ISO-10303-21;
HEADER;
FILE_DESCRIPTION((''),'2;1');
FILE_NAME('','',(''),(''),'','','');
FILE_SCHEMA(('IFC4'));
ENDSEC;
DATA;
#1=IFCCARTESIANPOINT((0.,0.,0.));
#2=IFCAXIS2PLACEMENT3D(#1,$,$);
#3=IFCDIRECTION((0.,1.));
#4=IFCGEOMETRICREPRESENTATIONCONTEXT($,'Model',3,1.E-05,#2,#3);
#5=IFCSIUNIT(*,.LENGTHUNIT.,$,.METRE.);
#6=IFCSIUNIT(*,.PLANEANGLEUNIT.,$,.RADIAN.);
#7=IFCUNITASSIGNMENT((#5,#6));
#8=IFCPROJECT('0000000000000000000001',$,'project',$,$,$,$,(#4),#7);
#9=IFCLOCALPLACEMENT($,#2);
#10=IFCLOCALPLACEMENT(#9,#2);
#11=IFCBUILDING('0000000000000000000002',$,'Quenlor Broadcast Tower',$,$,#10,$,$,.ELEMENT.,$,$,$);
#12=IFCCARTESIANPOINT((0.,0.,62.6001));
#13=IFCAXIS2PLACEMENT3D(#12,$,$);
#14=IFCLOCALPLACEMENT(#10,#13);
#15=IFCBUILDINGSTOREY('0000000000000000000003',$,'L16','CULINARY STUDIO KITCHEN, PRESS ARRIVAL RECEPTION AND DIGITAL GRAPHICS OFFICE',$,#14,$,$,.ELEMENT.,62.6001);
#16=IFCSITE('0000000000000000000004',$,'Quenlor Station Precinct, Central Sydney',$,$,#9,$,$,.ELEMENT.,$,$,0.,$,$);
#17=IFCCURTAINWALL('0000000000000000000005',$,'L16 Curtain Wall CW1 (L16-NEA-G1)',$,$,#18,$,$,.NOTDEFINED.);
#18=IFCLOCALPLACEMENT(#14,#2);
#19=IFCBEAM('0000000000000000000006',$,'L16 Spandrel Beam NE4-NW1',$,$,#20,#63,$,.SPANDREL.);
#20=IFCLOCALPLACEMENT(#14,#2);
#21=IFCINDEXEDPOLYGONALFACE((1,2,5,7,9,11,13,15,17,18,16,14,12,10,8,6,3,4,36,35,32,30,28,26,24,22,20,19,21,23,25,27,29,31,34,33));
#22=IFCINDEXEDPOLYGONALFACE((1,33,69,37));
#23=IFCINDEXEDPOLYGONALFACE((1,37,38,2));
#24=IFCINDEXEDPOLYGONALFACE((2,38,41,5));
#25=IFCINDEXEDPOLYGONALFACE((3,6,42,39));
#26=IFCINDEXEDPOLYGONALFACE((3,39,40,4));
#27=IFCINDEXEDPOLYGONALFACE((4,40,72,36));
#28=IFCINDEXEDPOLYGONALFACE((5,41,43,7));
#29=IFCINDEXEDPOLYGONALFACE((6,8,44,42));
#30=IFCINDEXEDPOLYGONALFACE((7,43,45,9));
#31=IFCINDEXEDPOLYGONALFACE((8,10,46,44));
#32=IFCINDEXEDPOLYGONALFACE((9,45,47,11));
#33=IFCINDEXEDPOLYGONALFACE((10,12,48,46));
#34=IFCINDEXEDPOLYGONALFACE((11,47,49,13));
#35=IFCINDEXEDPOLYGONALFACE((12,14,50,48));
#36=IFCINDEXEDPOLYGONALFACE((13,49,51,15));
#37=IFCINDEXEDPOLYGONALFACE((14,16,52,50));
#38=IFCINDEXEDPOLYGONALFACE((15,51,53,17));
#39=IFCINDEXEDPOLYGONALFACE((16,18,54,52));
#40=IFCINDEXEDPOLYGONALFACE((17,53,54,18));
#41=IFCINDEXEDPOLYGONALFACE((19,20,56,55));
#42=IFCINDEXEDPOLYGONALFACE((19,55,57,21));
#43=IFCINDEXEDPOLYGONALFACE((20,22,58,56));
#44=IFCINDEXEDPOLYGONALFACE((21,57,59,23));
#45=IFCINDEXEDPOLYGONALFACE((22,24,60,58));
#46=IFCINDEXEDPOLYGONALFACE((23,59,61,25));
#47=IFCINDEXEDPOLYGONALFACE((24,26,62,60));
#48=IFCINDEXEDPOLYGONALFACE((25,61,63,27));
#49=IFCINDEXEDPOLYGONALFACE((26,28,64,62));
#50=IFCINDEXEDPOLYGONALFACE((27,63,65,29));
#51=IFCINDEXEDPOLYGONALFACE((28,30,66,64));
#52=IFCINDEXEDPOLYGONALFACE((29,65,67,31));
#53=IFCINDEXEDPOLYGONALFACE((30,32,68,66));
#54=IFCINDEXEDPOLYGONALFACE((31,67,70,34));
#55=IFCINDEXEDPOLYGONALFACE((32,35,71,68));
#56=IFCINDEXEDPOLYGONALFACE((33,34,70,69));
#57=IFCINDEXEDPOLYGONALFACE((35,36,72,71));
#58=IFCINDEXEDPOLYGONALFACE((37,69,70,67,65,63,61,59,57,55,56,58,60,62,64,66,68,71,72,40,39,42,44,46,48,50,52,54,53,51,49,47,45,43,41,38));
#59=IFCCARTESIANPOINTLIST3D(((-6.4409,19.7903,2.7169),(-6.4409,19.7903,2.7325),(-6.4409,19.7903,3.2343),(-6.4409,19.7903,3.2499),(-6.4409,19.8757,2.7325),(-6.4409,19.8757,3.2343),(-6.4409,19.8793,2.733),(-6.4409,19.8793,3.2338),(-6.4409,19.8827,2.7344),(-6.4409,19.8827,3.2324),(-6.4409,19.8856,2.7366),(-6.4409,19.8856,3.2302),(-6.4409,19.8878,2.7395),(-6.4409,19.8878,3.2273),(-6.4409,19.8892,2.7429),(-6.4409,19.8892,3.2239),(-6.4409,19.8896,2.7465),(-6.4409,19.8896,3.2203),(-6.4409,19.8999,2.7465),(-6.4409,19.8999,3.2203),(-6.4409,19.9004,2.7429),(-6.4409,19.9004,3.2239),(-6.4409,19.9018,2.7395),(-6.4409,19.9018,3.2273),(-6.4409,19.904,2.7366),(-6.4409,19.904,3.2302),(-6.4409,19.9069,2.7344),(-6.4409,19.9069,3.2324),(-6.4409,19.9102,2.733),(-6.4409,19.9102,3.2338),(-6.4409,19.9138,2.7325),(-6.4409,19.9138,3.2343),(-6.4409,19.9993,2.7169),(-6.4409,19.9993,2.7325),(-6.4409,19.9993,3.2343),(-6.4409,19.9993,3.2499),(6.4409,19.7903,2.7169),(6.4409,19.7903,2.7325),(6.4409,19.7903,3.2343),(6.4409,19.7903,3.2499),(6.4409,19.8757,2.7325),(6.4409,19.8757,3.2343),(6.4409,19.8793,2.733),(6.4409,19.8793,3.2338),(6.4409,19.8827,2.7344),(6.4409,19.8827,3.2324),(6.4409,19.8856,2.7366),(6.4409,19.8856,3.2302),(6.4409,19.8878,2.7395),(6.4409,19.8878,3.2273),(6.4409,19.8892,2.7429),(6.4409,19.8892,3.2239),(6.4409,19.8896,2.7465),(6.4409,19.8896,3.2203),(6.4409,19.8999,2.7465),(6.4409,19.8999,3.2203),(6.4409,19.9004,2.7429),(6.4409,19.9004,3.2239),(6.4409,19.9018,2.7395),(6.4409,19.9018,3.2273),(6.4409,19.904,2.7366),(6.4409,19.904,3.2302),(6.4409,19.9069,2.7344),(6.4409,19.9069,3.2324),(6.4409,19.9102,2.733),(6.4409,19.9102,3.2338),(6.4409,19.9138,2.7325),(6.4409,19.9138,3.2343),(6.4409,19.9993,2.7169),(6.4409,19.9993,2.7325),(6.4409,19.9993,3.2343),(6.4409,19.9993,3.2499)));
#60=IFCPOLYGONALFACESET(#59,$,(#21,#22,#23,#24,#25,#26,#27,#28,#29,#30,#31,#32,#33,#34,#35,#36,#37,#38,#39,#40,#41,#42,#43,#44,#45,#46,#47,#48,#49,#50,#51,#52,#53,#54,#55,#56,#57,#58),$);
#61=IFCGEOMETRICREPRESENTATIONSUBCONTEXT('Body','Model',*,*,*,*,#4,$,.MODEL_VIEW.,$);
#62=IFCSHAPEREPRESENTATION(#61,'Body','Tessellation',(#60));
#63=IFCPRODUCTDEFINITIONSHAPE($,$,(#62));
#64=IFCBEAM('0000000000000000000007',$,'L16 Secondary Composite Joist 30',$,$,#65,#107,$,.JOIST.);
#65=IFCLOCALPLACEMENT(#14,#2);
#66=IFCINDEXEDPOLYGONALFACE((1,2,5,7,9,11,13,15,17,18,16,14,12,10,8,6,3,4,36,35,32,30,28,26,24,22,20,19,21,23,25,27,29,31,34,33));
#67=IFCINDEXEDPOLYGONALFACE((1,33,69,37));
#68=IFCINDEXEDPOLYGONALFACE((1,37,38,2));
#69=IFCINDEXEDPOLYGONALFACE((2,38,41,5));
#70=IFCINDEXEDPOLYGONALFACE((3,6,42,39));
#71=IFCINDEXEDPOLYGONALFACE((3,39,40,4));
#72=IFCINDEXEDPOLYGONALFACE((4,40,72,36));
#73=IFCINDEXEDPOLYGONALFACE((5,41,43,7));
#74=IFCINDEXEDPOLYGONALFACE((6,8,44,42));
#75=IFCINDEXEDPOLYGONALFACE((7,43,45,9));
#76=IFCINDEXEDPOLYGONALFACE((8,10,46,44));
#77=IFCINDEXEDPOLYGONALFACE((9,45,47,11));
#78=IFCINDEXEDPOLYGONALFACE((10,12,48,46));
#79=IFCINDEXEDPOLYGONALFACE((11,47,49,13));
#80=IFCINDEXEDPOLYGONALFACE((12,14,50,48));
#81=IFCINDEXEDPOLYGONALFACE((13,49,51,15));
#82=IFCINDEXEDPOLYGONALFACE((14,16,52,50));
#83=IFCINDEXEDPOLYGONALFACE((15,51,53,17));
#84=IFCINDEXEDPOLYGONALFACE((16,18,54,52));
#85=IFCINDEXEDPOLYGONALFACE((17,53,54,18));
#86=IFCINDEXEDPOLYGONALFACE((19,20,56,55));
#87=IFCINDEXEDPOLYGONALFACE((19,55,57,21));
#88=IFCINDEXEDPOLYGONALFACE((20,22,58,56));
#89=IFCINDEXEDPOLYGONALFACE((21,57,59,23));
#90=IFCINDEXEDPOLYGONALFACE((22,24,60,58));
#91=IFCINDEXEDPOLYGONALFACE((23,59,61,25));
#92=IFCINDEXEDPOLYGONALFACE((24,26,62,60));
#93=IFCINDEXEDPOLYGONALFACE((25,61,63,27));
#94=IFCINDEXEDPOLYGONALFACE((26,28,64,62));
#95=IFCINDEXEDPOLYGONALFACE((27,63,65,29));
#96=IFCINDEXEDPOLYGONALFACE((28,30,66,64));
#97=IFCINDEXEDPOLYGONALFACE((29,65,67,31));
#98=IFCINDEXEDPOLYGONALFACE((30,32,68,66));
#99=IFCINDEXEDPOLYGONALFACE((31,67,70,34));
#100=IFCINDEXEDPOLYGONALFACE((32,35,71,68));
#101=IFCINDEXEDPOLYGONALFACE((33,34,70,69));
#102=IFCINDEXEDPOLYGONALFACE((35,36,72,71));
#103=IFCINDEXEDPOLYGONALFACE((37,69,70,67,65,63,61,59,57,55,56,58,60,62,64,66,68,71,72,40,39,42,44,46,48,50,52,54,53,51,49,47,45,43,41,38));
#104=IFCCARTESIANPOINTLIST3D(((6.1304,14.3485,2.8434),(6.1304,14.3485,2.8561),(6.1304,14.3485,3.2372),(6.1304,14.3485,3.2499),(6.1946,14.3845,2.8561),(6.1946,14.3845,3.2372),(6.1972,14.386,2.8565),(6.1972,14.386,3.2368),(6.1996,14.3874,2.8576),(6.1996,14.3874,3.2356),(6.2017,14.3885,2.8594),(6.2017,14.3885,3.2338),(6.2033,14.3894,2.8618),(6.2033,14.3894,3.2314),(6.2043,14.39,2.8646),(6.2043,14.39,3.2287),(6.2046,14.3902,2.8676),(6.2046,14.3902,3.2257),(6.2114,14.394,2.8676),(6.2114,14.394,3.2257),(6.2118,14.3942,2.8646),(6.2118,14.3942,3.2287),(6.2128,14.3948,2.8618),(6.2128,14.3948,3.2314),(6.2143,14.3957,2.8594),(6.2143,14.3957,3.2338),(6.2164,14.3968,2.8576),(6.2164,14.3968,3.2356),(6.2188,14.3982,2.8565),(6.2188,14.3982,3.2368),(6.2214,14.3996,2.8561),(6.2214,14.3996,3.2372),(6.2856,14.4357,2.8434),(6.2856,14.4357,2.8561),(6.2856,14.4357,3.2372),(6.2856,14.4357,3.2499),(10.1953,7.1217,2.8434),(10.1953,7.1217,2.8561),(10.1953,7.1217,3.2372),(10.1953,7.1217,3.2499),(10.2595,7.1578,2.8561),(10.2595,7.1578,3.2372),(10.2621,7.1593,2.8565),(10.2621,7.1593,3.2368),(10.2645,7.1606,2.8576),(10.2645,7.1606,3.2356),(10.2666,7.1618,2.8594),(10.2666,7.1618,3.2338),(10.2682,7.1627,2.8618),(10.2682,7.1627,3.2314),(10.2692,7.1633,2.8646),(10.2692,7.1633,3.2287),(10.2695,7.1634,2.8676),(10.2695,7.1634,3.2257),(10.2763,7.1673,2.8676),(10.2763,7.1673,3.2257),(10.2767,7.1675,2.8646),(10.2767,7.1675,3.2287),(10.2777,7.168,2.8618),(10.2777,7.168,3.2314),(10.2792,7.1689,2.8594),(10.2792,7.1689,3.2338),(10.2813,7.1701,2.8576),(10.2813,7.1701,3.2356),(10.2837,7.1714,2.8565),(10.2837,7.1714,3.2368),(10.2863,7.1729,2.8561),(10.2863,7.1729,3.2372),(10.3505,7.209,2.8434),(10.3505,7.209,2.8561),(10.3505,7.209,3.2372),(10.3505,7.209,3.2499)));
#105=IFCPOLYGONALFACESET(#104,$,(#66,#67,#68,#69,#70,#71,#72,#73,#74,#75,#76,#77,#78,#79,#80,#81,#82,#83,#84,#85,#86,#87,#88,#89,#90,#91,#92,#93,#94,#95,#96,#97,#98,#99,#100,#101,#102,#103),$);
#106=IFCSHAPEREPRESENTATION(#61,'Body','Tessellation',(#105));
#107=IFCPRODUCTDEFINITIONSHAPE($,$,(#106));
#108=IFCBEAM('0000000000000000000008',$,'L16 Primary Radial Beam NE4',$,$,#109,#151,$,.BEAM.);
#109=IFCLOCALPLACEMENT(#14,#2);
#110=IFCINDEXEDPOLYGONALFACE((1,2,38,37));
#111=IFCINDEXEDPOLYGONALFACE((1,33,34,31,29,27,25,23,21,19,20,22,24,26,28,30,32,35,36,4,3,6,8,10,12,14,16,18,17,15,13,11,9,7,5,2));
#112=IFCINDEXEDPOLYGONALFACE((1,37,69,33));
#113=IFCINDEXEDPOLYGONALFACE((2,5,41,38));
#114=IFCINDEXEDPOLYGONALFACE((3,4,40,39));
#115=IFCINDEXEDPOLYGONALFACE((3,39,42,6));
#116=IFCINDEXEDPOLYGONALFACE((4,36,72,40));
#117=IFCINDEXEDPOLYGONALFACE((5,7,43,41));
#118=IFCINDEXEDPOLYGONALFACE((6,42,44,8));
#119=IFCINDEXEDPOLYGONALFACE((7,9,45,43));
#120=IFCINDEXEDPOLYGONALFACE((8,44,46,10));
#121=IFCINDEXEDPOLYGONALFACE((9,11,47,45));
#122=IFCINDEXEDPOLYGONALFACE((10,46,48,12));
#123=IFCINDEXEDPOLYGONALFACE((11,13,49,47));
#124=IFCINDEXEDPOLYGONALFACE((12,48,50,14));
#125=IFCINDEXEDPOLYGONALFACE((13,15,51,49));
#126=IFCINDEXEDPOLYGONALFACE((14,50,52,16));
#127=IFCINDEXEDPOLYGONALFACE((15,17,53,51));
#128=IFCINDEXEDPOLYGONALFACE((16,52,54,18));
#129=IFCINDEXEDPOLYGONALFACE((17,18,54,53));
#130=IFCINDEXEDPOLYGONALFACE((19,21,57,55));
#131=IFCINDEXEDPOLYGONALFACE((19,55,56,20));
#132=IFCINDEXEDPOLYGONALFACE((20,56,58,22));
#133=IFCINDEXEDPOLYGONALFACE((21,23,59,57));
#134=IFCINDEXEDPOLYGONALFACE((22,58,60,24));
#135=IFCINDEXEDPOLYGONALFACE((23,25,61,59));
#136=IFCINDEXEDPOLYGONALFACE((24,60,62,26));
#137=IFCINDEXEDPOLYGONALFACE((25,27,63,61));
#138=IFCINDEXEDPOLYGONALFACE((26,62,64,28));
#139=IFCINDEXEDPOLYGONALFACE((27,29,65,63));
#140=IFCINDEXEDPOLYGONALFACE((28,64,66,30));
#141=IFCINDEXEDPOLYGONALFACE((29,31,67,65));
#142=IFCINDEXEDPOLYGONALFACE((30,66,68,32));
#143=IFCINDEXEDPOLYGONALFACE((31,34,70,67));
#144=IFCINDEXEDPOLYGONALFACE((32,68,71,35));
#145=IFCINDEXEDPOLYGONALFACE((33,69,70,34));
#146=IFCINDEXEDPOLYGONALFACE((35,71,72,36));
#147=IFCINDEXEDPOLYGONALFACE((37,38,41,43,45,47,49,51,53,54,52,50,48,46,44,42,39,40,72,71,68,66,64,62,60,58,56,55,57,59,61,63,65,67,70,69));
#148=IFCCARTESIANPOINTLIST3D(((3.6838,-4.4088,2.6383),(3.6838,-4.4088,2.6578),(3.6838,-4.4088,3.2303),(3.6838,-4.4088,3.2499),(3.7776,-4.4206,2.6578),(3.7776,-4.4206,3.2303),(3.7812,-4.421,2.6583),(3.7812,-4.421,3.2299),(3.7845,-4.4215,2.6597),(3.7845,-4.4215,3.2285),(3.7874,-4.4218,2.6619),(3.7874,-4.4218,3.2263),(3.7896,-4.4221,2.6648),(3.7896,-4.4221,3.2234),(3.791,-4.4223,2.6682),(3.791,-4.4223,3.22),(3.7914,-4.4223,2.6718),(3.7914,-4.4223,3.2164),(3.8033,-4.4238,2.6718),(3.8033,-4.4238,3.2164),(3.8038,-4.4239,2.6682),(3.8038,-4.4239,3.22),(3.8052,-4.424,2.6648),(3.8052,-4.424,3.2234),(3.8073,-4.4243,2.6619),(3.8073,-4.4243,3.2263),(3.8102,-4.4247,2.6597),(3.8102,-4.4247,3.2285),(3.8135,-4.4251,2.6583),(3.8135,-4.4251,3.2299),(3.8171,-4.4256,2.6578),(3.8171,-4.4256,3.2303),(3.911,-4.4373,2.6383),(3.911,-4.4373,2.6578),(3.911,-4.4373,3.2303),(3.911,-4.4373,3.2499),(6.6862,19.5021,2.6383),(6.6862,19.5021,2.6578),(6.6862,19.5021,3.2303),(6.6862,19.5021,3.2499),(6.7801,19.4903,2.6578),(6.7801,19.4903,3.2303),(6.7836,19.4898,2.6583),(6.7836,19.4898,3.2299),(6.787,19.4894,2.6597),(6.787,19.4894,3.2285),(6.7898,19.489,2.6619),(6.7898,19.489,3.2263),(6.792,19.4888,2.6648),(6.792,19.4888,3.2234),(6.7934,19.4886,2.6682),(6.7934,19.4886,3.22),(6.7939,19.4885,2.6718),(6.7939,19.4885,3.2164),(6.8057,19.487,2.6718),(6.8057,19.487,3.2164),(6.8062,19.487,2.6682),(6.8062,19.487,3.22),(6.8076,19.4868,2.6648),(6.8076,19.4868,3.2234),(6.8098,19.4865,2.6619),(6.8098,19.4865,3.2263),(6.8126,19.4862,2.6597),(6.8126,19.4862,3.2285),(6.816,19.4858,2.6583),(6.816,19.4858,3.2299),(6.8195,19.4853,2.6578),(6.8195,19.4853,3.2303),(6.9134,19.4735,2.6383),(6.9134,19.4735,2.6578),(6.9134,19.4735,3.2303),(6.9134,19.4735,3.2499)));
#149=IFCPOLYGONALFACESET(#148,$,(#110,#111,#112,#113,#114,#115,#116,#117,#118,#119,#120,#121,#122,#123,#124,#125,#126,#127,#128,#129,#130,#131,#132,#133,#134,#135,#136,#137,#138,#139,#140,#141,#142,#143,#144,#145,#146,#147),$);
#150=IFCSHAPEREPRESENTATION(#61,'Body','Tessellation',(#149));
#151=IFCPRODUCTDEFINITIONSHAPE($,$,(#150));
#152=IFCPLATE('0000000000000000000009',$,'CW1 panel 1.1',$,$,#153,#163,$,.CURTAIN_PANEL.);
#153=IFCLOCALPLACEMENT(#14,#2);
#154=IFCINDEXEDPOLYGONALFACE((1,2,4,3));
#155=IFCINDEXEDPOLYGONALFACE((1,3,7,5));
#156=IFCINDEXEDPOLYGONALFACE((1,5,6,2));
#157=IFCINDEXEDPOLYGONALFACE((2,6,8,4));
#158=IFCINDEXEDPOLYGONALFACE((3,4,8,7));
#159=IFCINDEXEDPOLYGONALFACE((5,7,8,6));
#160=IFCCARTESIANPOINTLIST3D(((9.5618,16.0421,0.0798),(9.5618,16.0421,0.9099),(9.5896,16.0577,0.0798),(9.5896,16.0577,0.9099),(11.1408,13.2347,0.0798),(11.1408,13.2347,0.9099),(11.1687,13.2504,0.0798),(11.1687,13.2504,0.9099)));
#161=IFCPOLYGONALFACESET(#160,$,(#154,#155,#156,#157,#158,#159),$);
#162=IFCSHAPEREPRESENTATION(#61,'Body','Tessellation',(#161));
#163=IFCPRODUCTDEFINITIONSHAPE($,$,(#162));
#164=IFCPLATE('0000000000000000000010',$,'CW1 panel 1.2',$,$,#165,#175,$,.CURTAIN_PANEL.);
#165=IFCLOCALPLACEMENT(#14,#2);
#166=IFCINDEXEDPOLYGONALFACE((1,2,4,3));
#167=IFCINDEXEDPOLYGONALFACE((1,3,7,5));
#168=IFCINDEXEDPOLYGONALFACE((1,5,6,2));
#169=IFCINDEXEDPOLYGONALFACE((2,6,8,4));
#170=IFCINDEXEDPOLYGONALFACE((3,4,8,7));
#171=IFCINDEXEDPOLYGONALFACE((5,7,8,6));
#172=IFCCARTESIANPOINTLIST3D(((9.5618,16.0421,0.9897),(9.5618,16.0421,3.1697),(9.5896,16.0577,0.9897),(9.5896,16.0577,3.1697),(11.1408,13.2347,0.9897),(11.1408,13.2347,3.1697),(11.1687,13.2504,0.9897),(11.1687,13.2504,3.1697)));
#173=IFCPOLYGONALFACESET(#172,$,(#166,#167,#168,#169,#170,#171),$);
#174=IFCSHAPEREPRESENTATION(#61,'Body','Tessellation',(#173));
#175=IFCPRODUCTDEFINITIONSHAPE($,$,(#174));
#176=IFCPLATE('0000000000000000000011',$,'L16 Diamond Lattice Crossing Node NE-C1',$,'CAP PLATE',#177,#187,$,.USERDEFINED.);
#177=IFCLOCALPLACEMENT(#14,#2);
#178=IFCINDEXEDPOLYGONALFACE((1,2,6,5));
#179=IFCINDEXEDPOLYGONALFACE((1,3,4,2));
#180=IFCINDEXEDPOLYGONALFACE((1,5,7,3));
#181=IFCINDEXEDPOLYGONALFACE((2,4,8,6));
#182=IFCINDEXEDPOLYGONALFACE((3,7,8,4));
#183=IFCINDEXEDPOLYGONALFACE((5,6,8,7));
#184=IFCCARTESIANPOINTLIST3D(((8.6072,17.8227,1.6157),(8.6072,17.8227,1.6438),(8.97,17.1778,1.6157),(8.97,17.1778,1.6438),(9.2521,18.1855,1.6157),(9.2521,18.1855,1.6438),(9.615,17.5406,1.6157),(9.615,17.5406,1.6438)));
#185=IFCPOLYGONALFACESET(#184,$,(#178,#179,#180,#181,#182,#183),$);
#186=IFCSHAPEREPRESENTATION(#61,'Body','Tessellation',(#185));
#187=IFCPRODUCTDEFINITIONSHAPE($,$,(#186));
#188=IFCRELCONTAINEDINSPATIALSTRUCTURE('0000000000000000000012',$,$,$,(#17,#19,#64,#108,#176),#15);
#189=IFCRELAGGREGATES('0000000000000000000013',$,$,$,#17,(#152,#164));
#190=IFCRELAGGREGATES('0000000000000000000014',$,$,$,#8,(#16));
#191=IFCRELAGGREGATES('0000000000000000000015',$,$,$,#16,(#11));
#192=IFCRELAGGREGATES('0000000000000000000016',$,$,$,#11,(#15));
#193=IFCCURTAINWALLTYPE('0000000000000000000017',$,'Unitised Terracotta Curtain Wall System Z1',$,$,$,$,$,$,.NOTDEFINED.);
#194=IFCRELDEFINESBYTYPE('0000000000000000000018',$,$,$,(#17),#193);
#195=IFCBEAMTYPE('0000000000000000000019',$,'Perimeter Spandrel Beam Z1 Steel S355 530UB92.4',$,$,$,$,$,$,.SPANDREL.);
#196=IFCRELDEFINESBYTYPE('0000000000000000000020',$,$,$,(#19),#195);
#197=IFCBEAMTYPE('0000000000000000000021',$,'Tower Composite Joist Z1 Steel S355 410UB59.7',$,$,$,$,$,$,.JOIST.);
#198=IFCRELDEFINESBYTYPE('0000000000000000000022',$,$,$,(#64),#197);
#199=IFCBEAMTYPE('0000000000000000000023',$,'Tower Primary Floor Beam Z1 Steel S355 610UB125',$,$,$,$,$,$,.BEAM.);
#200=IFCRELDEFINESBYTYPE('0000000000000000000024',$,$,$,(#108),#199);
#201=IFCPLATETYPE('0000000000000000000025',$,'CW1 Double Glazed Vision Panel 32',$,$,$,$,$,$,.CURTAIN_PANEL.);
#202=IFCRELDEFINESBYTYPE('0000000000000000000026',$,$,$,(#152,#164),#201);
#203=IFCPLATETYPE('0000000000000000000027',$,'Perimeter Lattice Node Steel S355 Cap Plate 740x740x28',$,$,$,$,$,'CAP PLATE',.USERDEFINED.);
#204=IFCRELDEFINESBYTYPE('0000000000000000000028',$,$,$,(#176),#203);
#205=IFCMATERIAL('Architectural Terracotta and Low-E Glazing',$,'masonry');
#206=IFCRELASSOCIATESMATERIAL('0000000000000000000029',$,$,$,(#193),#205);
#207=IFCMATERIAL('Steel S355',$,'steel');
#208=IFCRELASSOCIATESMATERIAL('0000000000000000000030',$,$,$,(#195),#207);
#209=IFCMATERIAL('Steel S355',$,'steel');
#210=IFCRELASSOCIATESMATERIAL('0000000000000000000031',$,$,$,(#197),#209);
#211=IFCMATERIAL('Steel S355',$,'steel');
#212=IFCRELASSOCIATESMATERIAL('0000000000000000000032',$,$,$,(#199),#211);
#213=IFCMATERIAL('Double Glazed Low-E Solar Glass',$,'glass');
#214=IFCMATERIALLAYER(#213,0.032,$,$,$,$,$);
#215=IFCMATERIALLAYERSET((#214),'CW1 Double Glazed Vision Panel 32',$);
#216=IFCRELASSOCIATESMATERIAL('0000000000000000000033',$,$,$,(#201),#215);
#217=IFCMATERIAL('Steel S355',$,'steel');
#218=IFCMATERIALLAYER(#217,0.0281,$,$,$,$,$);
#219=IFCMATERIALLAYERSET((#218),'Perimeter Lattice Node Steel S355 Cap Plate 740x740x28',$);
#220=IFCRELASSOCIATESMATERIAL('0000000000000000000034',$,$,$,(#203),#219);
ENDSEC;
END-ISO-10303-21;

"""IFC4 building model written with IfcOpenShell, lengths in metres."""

from ifc_helpers import new_model, si_unit, direction, frame, origin, origin_2d, place, context, subcontext, project, spatial, rectangle, i_section, extrude, material, layer, layer_set, material_profile, profile_set, type_object, element, aggregate, save


model = new_model("IFC4")

# Units and contexts
model_context = context("Model", 3, precision=1e-05, world=origin(), true_north=direction((0.0, 1.0)))
body_context = subcontext(model_context, "Body", "Model", "MODEL_VIEW")
ifc_project = project(units=[si_unit("LENGTHUNIT", "METRE"), si_unit("PLANEANGLEUNIT", "RADIAN")], contexts=[model_context])

# Site, building, storey
site_placement = place(None, origin())
site = spatial("IfcSite", under=ifc_project, at=site_placement, Name="Quenlor Station Precinct, Central Sydney", CompositionType="ELEMENT", RefElevation=0.0)
building_placement = place(site_placement, origin())
building = spatial("IfcBuilding", under=site, at=building_placement, Name="Quenlor Broadcast Tower", CompositionType="ELEMENT")
storey_placement = place(building_placement, frame((0.0, 0.0, 62.6001)))
storey = spatial("IfcBuildingStorey", under=building, at=storey_placement, Name="L16", Description="CULINARY STUDIO KITCHEN, PRESS ARRIVAL RECEPTION AND DIGITAL GRAPHICS OFFICE", CompositionType="ELEMENT", Elevation=62.6001)

# Curtain wall
ifc_material_1 = material(Name="Architectural Terracotta and Low-E Glazing", Category="masonry")
curtain_wall_type = type_object("IfcCurtainWallType", Name="Unitised Terracotta Curtain Wall System Z1", PredefinedType="NOTDEFINED", material=ifc_material_1)
curtain_wall_placement = place(storey_placement, origin())
curtain_wall = element("IfcCurtainWall", 1, at=curtain_wall_placement, inside=storey, type_object=curtain_wall_type, Name="L16 Curtain Wall CW1 (L16-NEA-G1)", PredefinedType="NOTDEFINED")

# Beams
ifc_material_2 = material(Name="Steel S355", Category="steel")
ifc_material_profile_1 = material_profile(ifc_material_2, i_section(OverallWidth=0.209, OverallDepth=0.533, WebThickness=0.0103, FlangeThickness=0.0156, FilletRadius=0.0139, at=origin_2d()))
ifc_profile_set_1 = profile_set([ifc_material_profile_1], Name="Steel S355 530UB92.4")
beam_type_1 = type_object("IfcBeamType", Name="Perimeter Spandrel Beam Z1 Steel S355 530UB92.4", PredefinedType="SPANDREL", material=ifc_profile_set_1)
beam_1_placement = place(storey_placement, frame((6.4409, 19.8948, 2.9834), z_axis=(-1.0, 0.0, 0.0), x_axis=(0.0, -1.0, 0.0)))
element("IfcBeam", 2, at=beam_1_placement, inside=storey, type_object=beam_type_1, Name="L16 Spandrel Beam NE4-NW1", PredefinedType="SPANDREL", context=body_context, shape_type="SweptSolid", body=[
    extrude(i_section(OverallWidth=0.209, OverallDepth=0.533, WebThickness=0.0103, FlangeThickness=0.0156, FilletRadius=0.0139, at=origin_2d()), origin(), (0.0, 0.0, 1.0), 12.8818),
])
ifc_material_3 = material(Name="Steel S355", Category="steel")
ifc_material_profile_2 = material_profile(ifc_material_3, i_section(OverallWidth=0.178, OverallDepth=0.4065, WebThickness=0.0078, FlangeThickness=0.0127, FilletRadius=0.0115, at=origin_2d()))
ifc_profile_set_2 = profile_set([ifc_material_profile_2], Name="Steel S355 410UB59.7")
beam_type_2 = type_object("IfcBeamType", Name="Tower Composite Joist Z1 Steel S355 410UB59.7", PredefinedType="JOIST", material=ifc_profile_set_2)
beam_2_placement = place(storey_placement, frame((6.208, 14.3921, 3.0466), z_axis=(0.490249, -0.871583, 0.0), x_axis=(0.871583, 0.490249, 0.0)))
element("IfcBeam", 3, at=beam_2_placement, inside=storey, type_object=beam_type_2, Name="L16 Secondary Composite Joist 30", PredefinedType="JOIST", context=body_context, shape_type="SweptSolid", body=[
    extrude(i_section(OverallWidth=0.178, OverallDepth=0.4065, WebThickness=0.0078, FlangeThickness=0.0127, FilletRadius=0.0115, at=origin_2d()), origin(), (0.0, 0.0, 1.0), 8.2915),
])
ifc_material_4 = material(Name="Steel S355", Category="steel")
ifc_material_profile_3 = material_profile(ifc_material_4, i_section(OverallWidth=0.229, OverallDepth=0.6116, WebThickness=0.012, FlangeThickness=0.0195, FilletRadius=0.0139, at=origin_2d()))
ifc_profile_set_3 = profile_set([ifc_material_profile_3], Name="Steel S355 610UB125")
beam_type_3 = type_object("IfcBeamType", Name="Tower Primary Floor Beam Z1 Steel S355 610UB125", PredefinedType="BEAM", material=ifc_profile_set_3)
beam_3_placement = place(storey_placement, frame((6.7998, 19.4878, 2.9441), z_axis=(-0.12459, -0.992208, 0.0), x_axis=(0.992208, -0.12459, 0.0)))
element("IfcBeam", 4, at=beam_3_placement, inside=storey, type_object=beam_type_3, Name="L16 Primary Radial Beam NE4", PredefinedType="BEAM", context=body_context, shape_type="SweptSolid", body=[
    extrude(i_section(OverallWidth=0.229, OverallDepth=0.6116, WebThickness=0.012, FlangeThickness=0.0195, FilletRadius=0.0139, at=origin_2d()), origin(), (0.0, 0.0, 1.0), 24.0986),
])

# Plates
ifc_material_5 = material(Name="Double Glazed Low-E Solar Glass", Category="glass")
ifc_layer_1 = layer(ifc_material_5, 0.032)
ifc_layer_set_1 = layer_set([ifc_layer_1], Name="CW1 Double Glazed Vision Panel 32")
plate_type_1 = type_object("IfcPlateType", Name="CW1 Double Glazed Vision Panel 32", PredefinedType="CURTAIN_PANEL", material=ifc_layer_set_1)
plate_1_placement = place(storey_placement, frame((10.3652, 14.6462, 0.0798), z_axis=(0.0, 0.0, 1.0), x_axis=(0.490244, -0.871585, 0.0)))
plate_1 = element("IfcPlate", 5, at=plate_1_placement, type_object=plate_type_1, Name="CW1 panel 1.1", PredefinedType="CURTAIN_PANEL", context=body_context, shape_type="SweptSolid", body=[
    extrude(rectangle(XDim=3.2209, YDim=0.032, at=origin_2d()), origin(), (0.0, 0.0, 1.0), 0.8301),
])
plate_2_placement = place(storey_placement, frame((10.3652, 14.6462, 0.9897), z_axis=(0.0, 0.0, 1.0), x_axis=(0.490244, -0.871585, 0.0)))
plate_2 = element("IfcPlate", 6, at=plate_2_placement, type_object=plate_type_1, Name="CW1 panel 1.2", PredefinedType="CURTAIN_PANEL", context=body_context, shape_type="SweptSolid", body=[
    extrude(rectangle(XDim=3.2209, YDim=0.032, at=origin_2d()), origin(), (0.0, 0.0, 1.0), 2.1799),
])
aggregate(curtain_wall, [plate_1, plate_2])

# Plate
ifc_material_6 = material(Name="Steel S355", Category="steel")
ifc_layer_2 = layer(ifc_material_6, 0.0281)
ifc_layer_set_2 = layer_set([ifc_layer_2], Name="Perimeter Lattice Node Steel S355 Cap Plate 740x740x28")
plate_type_2 = type_object("IfcPlateType", Name="Perimeter Lattice Node Steel S355 Cap Plate 740x740x28", ElementType="CAP PLATE", PredefinedType="USERDEFINED", material=ifc_layer_set_2)
plate_3_placement = place(storey_placement, frame((9.1111, 17.6816, 1.6157), z_axis=(0.0, 0.0, 1.0), x_axis=(0.490295, -0.871556, 0.0)))
element("IfcPlate", 7, at=plate_3_placement, inside=storey, type_object=plate_type_2, Name="L16 Diamond Lattice Crossing Node NE-C1", ObjectType="CAP PLATE", PredefinedType="USERDEFINED", context=body_context, shape_type="SweptSolid", body=[
    extrude(rectangle(XDim=0.74, YDim=0.74, at=origin_2d()), origin(), (0.0, 0.0, 1.0), 0.0281),
])

save(model, "model.ifc")
